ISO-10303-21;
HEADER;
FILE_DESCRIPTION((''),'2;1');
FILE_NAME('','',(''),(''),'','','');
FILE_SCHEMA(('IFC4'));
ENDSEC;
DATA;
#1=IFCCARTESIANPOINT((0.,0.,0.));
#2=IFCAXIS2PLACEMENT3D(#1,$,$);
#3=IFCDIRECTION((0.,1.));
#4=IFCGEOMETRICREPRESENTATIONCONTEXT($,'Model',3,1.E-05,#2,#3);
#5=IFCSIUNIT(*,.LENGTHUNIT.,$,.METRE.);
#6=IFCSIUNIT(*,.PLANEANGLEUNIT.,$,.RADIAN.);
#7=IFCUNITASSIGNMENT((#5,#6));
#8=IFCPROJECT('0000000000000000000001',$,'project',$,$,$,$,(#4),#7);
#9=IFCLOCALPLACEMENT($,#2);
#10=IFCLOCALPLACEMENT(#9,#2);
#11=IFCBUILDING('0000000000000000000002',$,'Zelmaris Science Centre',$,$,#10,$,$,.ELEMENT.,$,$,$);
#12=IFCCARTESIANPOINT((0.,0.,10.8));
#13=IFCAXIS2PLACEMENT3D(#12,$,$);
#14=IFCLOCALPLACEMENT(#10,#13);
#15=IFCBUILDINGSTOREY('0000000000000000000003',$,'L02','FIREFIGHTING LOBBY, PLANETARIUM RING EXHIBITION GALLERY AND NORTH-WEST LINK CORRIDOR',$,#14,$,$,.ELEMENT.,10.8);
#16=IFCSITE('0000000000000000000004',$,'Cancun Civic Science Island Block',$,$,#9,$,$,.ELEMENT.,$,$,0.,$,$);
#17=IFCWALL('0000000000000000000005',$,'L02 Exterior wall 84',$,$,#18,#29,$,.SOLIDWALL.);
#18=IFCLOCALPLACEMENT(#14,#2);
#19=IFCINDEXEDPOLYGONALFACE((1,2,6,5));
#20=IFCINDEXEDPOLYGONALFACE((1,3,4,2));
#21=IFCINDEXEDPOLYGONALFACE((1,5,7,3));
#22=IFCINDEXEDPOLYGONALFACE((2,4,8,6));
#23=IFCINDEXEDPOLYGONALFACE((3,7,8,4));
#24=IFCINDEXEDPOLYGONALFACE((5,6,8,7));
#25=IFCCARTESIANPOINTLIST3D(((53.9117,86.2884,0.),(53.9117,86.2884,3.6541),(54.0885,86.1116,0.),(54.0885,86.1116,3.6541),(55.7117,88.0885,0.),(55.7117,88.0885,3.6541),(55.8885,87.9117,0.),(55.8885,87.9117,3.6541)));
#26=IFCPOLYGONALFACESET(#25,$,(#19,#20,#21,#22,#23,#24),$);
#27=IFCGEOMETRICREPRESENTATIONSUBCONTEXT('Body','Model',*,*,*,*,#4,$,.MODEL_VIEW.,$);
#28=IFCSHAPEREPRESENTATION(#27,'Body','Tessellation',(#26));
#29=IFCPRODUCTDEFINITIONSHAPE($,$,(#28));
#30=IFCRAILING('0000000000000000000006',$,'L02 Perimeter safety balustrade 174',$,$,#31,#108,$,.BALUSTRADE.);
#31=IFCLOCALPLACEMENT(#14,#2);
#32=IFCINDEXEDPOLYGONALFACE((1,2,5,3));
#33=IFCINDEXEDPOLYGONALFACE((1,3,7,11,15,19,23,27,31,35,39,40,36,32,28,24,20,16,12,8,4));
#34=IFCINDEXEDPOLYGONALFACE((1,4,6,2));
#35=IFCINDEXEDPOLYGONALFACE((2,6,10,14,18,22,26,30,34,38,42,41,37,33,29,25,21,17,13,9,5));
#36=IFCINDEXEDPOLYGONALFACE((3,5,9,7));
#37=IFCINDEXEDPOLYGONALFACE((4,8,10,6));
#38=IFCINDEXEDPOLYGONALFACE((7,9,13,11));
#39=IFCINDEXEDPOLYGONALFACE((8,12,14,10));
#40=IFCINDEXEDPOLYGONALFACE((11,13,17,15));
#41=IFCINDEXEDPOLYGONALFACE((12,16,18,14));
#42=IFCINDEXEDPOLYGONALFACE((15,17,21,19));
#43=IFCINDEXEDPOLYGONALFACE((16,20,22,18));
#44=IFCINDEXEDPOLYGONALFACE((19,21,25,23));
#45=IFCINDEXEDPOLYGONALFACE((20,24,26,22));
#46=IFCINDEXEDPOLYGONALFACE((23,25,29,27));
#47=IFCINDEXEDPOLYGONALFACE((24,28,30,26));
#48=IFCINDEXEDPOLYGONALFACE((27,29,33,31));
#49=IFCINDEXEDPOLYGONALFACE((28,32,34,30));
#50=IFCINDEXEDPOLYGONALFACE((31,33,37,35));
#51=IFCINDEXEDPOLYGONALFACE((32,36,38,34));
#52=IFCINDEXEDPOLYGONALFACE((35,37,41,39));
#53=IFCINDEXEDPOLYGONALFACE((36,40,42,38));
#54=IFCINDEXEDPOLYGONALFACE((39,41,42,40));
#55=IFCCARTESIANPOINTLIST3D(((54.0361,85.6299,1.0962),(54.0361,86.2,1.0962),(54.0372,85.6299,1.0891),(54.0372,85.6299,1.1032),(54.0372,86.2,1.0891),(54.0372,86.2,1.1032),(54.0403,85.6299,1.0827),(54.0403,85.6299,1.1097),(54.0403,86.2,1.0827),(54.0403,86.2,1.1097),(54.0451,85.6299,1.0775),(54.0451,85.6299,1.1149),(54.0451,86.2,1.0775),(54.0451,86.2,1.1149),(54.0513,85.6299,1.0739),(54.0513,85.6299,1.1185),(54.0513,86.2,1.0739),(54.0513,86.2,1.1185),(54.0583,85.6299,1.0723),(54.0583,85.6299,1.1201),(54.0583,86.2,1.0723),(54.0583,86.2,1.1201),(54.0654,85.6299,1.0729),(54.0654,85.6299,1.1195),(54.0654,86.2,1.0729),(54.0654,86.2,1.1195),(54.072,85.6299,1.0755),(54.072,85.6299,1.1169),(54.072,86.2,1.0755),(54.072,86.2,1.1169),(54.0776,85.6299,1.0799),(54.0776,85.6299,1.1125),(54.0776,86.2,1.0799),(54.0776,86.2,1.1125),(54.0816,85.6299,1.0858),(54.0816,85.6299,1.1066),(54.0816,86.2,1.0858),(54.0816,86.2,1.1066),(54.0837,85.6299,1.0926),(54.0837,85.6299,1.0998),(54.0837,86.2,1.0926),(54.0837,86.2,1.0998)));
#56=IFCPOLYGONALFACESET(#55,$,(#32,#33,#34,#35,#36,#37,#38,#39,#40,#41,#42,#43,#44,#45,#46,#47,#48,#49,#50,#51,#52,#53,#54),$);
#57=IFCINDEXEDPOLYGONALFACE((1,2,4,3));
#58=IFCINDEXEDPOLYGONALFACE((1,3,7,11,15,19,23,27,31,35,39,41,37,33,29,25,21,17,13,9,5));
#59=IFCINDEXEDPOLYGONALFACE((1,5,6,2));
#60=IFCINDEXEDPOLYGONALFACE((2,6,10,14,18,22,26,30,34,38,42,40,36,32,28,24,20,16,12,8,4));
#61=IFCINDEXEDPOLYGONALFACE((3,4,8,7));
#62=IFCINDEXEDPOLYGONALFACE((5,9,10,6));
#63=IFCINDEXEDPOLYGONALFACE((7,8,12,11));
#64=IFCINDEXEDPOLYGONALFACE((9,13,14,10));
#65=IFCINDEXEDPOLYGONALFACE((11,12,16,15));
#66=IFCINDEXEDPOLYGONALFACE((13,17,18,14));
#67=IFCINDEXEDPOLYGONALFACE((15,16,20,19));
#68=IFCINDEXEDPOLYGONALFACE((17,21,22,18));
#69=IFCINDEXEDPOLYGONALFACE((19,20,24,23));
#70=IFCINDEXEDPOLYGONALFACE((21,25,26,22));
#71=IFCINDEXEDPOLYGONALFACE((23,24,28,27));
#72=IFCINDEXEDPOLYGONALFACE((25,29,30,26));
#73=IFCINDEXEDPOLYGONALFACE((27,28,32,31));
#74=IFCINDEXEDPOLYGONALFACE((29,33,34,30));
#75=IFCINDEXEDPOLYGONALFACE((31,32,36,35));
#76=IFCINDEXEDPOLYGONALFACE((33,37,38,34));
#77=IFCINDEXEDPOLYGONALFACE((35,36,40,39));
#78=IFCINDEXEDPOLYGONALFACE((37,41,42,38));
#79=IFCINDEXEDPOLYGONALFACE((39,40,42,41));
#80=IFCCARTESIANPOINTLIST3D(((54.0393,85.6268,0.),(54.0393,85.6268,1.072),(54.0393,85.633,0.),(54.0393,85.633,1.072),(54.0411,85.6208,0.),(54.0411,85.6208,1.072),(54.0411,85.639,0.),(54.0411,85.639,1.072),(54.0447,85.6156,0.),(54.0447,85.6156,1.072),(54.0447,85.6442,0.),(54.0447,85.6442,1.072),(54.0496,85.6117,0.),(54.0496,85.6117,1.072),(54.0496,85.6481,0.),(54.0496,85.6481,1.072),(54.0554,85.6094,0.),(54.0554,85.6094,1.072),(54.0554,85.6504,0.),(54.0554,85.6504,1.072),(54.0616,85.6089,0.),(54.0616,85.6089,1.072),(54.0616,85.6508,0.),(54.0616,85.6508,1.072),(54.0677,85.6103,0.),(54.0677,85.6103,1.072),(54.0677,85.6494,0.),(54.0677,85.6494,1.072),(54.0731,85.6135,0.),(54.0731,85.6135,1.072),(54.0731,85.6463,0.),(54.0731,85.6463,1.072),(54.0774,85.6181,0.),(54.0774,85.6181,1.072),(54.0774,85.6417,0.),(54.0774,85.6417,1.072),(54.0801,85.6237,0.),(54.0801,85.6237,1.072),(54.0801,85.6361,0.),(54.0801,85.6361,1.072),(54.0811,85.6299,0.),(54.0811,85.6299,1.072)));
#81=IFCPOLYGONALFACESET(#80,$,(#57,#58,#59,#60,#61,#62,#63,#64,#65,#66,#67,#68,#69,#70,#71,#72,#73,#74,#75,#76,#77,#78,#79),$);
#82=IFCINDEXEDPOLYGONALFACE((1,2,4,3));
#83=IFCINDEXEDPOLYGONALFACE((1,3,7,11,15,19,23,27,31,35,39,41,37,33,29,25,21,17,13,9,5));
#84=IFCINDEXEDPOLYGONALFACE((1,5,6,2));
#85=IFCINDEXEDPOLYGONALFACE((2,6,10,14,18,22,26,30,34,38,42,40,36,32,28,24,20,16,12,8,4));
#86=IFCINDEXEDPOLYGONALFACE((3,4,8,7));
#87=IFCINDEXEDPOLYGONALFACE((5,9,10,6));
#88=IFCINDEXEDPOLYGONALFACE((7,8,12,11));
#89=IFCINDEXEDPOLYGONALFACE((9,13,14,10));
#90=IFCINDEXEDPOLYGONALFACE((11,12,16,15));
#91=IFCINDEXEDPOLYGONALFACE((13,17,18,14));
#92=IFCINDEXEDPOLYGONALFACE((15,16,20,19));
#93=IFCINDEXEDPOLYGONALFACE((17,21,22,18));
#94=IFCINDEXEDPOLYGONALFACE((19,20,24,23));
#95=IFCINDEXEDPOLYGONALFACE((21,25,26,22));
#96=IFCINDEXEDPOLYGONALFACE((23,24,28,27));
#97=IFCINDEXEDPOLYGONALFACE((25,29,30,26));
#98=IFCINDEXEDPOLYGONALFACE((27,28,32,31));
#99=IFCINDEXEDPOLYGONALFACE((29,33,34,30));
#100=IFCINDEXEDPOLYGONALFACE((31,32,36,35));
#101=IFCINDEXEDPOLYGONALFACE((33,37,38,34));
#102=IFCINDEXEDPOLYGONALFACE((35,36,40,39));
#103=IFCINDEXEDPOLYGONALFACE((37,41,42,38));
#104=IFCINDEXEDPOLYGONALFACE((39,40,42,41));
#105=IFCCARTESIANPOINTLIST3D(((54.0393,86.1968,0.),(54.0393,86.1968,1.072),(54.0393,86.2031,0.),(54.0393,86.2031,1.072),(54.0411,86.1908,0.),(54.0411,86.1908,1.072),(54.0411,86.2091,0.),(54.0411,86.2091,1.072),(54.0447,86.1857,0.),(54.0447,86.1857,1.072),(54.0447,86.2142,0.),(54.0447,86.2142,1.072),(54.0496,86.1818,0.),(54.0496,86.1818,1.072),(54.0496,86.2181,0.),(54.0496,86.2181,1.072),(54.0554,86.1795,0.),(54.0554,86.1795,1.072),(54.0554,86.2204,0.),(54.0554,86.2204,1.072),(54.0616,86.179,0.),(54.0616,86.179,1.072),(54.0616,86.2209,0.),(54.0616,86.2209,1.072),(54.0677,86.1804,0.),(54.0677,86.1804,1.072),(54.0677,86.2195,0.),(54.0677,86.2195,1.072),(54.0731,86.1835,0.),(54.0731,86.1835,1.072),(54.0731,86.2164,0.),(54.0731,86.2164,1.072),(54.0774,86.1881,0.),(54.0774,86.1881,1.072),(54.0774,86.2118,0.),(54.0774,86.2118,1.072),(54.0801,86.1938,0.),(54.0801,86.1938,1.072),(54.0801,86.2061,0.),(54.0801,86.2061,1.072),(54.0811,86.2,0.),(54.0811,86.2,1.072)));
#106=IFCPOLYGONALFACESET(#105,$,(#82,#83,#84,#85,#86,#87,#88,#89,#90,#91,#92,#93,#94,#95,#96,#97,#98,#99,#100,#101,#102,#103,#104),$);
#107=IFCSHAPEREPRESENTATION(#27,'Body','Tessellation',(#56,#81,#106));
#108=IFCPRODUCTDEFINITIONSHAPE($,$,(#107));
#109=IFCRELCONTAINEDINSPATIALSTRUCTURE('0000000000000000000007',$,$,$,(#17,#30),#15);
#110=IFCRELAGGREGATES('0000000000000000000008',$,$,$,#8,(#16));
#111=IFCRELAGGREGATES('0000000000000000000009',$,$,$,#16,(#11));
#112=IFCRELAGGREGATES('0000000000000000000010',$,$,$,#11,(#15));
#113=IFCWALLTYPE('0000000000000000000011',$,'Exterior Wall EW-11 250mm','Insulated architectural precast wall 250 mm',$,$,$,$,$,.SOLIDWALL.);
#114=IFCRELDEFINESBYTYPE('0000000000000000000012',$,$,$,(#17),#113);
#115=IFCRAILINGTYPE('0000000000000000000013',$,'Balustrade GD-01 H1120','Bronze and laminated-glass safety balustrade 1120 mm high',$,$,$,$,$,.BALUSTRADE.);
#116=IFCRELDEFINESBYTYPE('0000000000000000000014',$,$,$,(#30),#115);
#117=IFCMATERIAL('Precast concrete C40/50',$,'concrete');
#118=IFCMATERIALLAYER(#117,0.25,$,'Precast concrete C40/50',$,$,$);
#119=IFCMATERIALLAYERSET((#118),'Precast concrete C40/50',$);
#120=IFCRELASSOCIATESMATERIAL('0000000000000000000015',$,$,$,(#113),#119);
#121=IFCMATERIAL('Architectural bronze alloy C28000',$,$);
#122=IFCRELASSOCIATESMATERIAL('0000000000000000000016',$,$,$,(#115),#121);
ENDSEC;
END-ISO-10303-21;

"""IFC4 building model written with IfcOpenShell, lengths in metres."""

from ifc_helpers import new_model, si_unit, direction, frame, frame_2d, origin, origin_2d, place, context, subcontext, project, spatial, rectangle, circle, extrude, material, layer, layer_set, type_object, element, save


model = new_model("IFC4")

# Units and contexts
model_context = context("Model", 3, precision=1e-05, world=origin(), true_north=direction((0.0, 1.0)))
body_context = subcontext(model_context, "Body", "Model", "MODEL_VIEW")
ifc_project = project(units=[si_unit("LENGTHUNIT", "METRE"), si_unit("PLANEANGLEUNIT", "RADIAN")], contexts=[model_context])

# Site, building, storey
site_placement = place(None, origin())
site = spatial("IfcSite", under=ifc_project, at=site_placement, Name="Cancun Civic Science Island Block", CompositionType="ELEMENT", RefElevation=0.0)
building_placement = place(site_placement, origin())
building = spatial("IfcBuilding", under=site, at=building_placement, Name="Zelmaris Science Centre", CompositionType="ELEMENT")
storey_placement = place(building_placement, frame((0.0, 0.0, 10.8)))
storey = spatial("IfcBuildingStorey", under=building, at=storey_placement, Name="L02", Description="FIREFIGHTING LOBBY, PLANETARIUM RING EXHIBITION GALLERY AND NORTH-WEST LINK CORRIDOR", CompositionType="ELEMENT", Elevation=10.8)

# Wall
ifc_material_1 = material(Name="Precast concrete C40/50", Category="concrete")
ifc_layer_1 = layer(ifc_material_1, 0.25, Name="Precast concrete C40/50")
ifc_layer_set_1 = layer_set([ifc_layer_1], Name="Precast concrete C40/50")
wall_type = type_object("IfcWallType", Name="Exterior Wall EW-11 250mm", Description="Insulated architectural precast wall 250 mm", PredefinedType="SOLIDWALL", material=ifc_layer_set_1)
wall_placement = place(storey_placement, frame((54.0, 86.2, 0.0), z_axis=(0.0, 0.0, 1.0), x_axis=(0.707107, 0.707107, 0.0)))
element("IfcWall", 1, at=wall_placement, inside=storey, type_object=wall_type, Name="L02 Exterior wall 84", PredefinedType="SOLIDWALL", context=body_context, shape_type="SweptSolid", body=[
    extrude(rectangle(XDim=2.5457, YDim=0.25, at=frame_2d((1.2729, 0.0))), origin(), (0.0, 0.0, 1.0), 3.6541),
])

# Railing
ifc_material_2 = material(Name="Architectural bronze alloy C28000")
railing_type = type_object("IfcRailingType", Name="Balustrade GD-01 H1120", Description="Bronze and laminated-glass safety balustrade 1120 mm high", PredefinedType="BALUSTRADE", material=ifc_material_2)
railing_placement = place(storey_placement, frame((54.0601, 85.6299, 0.0)))
element("IfcRailing", 2, at=railing_placement, inside=storey, type_object=railing_type, Name="L02 Perimeter safety balustrade 174", PredefinedType="BALUSTRADE", context=body_context, shape_type="SweptSolid", body=[
    extrude(circle(Radius=0.0239, at=origin_2d()), frame((0.0, 0.0, 1.0962), z_axis=(0.0, 1.0, 0.0), x_axis=(-1.0, 0.0, 0.0)), (0.0, 0.0, 1.0), 0.5701),
    extrude(circle(Radius=0.021, at=origin_2d()), origin(), (0.0, 0.0, 1.0), 1.072),
    extrude(circle(Radius=0.021, at=origin_2d()), frame((0.0, 0.5701, 0.0)), (0.0, 0.0, 1.0), 1.072),
])

save(model, "model.ifc")
